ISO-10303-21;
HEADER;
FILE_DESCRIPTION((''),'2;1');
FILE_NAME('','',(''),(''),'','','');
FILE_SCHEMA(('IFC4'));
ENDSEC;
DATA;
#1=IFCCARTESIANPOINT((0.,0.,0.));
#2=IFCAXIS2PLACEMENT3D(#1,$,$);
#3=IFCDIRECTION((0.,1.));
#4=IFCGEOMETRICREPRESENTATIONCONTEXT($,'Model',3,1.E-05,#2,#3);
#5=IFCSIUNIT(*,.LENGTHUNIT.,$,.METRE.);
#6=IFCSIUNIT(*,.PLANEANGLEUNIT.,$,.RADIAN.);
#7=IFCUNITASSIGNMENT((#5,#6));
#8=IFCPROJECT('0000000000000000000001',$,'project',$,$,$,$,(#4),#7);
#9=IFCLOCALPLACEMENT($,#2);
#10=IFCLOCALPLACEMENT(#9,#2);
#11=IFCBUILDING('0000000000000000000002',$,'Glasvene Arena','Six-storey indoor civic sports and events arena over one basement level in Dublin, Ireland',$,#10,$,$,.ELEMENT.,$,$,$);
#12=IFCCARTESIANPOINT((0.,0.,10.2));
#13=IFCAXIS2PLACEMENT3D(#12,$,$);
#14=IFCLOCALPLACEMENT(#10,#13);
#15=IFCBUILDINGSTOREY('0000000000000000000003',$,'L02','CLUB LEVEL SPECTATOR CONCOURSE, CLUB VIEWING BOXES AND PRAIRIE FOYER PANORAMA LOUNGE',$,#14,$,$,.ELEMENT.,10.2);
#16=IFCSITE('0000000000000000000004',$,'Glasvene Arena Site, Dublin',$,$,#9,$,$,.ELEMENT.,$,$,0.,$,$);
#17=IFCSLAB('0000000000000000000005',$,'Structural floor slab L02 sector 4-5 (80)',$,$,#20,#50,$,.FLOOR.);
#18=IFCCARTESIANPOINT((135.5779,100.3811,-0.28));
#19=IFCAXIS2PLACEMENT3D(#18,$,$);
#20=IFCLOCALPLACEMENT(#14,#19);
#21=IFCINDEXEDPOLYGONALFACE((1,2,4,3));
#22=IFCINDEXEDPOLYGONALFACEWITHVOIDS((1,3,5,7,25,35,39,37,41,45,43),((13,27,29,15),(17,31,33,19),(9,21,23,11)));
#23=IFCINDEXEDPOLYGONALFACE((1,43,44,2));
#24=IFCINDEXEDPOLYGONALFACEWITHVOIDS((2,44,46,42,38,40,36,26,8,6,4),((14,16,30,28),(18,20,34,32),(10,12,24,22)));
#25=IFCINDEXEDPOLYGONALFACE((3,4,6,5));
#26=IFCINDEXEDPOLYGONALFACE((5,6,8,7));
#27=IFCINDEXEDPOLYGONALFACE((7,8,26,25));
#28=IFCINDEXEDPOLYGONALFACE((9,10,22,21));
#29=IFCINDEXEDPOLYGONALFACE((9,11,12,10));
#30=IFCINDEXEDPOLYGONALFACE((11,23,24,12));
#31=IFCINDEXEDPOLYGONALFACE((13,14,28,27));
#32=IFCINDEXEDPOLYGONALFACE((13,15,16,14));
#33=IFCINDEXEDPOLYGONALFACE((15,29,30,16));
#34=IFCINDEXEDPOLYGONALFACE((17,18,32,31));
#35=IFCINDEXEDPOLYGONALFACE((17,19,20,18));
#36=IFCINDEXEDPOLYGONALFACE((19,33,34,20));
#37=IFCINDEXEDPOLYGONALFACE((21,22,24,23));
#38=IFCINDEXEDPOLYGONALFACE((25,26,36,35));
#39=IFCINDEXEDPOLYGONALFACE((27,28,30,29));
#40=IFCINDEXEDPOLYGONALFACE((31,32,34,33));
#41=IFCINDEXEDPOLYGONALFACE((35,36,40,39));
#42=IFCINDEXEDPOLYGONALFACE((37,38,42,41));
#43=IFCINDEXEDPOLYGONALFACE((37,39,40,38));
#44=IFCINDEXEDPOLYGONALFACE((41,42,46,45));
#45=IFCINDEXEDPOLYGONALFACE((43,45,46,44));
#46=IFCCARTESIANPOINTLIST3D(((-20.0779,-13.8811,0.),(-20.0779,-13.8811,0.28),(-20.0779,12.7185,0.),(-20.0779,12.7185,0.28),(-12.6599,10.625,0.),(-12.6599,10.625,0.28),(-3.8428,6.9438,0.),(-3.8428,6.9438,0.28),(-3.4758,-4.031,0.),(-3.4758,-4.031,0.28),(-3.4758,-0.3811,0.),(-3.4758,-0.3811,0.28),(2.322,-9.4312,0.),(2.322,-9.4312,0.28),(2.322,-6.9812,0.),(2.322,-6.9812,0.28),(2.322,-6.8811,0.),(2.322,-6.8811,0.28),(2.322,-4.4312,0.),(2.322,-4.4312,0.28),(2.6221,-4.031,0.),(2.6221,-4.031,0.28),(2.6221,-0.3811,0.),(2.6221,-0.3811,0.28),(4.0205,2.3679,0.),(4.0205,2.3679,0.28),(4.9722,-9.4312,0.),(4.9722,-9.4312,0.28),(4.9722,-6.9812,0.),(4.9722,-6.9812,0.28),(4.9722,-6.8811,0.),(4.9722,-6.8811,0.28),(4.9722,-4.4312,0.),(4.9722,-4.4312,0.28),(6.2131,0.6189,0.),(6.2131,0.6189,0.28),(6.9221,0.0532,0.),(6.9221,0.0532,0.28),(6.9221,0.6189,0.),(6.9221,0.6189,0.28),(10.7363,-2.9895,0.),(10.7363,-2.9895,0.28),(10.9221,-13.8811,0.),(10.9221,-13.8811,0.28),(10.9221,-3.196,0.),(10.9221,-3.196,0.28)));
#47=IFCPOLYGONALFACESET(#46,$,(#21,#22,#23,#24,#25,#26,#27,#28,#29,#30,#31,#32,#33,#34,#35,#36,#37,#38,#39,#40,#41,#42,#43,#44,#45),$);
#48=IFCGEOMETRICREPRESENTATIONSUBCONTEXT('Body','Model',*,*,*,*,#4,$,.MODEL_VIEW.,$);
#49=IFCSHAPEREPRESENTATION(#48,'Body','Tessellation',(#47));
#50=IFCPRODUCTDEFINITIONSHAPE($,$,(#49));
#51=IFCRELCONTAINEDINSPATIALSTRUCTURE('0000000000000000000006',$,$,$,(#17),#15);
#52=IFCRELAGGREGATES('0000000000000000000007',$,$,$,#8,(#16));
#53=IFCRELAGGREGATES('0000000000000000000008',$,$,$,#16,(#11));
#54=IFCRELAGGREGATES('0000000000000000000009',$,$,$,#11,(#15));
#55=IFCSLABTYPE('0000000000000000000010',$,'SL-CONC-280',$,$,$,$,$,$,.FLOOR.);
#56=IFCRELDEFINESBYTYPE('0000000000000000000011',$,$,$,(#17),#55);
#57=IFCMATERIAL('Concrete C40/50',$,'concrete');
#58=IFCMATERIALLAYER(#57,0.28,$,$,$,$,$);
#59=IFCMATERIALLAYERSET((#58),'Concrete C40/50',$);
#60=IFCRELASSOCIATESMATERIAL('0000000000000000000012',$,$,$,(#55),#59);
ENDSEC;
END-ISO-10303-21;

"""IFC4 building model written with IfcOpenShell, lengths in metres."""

from ifc_helpers import new_model, si_unit, direction, frame, origin, place, context, subcontext, project, spatial, polyline, outline, extrude, material, layer, layer_set, type_object, element, save


model = new_model("IFC4")

# Units and contexts
model_context = context("Model", 3, precision=1e-05, world=origin(), true_north=direction((0.0, 1.0)))
body_context = subcontext(model_context, "Body", "Model", "MODEL_VIEW")
ifc_project = project(units=[si_unit("LENGTHUNIT", "METRE"), si_unit("PLANEANGLEUNIT", "RADIAN")], contexts=[model_context])

# Site, building, storey
site_placement = place(None, origin())
site = spatial("IfcSite", under=ifc_project, at=site_placement, Name="Glasvene Arena Site, Dublin", CompositionType="ELEMENT", RefElevation=0.0)
building_placement = place(site_placement, origin())
building = spatial("IfcBuilding", under=site, at=building_placement, Name="Glasvene Arena", Description="Six-storey indoor civic sports and events arena over one basement level in Dublin, Ireland", CompositionType="ELEMENT")
storey_placement = place(building_placement, frame((0.0, 0.0, 10.2)))
storey = spatial("IfcBuildingStorey", under=building, at=storey_placement, Name="L02", Description="CLUB LEVEL SPECTATOR CONCOURSE, CLUB VIEWING BOXES AND PRAIRIE FOYER PANORAMA LOUNGE", CompositionType="ELEMENT", Elevation=10.2)

# Slab
ifc_material_1 = material(Name="Concrete C40/50", Category="concrete")
ifc_layer_1 = layer(ifc_material_1, 0.28)
ifc_layer_set_1 = layer_set([ifc_layer_1], Name="Concrete C40/50")
slab_type_1 = type_object("IfcSlabType", Name="SL-CONC-280", PredefinedType="FLOOR", material=ifc_layer_set_1)
slab_1_placement = place(storey_placement, frame((135.5779, 100.3811, -0.28)))
element("IfcSlab", 1, at=slab_1_placement, inside=storey, type_object=slab_type_1, Name="Structural floor slab L02 sector 4-5 (80)", PredefinedType="FLOOR", context=body_context, shape_type="SweptSolid", body=[
    extrude(outline(polyline([(-3.8428, 6.9438), (4.0205, 2.3679), (6.2131, 0.6189), (6.9221, 0.6189), (6.9221, 0.0532), (10.7363, -2.9895), (10.9221, -3.196), (10.9221, -13.8811), (-20.0779, -13.8811), (-20.0779, 12.7185), (-12.6599, 10.625), (-3.8428, 6.9438)]), holes=[polyline([(4.9722, -9.4312), (4.9722, -6.9812), (2.322, -6.9812), (2.322, -9.4312), (4.9722, -9.4312)]), polyline([(4.9722, -6.8811), (4.9722, -4.4312), (2.322, -4.4312), (2.322, -6.8811), (4.9722, -6.8811)]), polyline([(2.6221, -4.031), (2.6221, -0.3811), (-3.4758, -0.3811), (-3.4758, -4.031), (2.6221, -4.031)])]), origin(), (0.0, 0.0, 1.0), 0.28),
])

save(model, "model.ifc")
